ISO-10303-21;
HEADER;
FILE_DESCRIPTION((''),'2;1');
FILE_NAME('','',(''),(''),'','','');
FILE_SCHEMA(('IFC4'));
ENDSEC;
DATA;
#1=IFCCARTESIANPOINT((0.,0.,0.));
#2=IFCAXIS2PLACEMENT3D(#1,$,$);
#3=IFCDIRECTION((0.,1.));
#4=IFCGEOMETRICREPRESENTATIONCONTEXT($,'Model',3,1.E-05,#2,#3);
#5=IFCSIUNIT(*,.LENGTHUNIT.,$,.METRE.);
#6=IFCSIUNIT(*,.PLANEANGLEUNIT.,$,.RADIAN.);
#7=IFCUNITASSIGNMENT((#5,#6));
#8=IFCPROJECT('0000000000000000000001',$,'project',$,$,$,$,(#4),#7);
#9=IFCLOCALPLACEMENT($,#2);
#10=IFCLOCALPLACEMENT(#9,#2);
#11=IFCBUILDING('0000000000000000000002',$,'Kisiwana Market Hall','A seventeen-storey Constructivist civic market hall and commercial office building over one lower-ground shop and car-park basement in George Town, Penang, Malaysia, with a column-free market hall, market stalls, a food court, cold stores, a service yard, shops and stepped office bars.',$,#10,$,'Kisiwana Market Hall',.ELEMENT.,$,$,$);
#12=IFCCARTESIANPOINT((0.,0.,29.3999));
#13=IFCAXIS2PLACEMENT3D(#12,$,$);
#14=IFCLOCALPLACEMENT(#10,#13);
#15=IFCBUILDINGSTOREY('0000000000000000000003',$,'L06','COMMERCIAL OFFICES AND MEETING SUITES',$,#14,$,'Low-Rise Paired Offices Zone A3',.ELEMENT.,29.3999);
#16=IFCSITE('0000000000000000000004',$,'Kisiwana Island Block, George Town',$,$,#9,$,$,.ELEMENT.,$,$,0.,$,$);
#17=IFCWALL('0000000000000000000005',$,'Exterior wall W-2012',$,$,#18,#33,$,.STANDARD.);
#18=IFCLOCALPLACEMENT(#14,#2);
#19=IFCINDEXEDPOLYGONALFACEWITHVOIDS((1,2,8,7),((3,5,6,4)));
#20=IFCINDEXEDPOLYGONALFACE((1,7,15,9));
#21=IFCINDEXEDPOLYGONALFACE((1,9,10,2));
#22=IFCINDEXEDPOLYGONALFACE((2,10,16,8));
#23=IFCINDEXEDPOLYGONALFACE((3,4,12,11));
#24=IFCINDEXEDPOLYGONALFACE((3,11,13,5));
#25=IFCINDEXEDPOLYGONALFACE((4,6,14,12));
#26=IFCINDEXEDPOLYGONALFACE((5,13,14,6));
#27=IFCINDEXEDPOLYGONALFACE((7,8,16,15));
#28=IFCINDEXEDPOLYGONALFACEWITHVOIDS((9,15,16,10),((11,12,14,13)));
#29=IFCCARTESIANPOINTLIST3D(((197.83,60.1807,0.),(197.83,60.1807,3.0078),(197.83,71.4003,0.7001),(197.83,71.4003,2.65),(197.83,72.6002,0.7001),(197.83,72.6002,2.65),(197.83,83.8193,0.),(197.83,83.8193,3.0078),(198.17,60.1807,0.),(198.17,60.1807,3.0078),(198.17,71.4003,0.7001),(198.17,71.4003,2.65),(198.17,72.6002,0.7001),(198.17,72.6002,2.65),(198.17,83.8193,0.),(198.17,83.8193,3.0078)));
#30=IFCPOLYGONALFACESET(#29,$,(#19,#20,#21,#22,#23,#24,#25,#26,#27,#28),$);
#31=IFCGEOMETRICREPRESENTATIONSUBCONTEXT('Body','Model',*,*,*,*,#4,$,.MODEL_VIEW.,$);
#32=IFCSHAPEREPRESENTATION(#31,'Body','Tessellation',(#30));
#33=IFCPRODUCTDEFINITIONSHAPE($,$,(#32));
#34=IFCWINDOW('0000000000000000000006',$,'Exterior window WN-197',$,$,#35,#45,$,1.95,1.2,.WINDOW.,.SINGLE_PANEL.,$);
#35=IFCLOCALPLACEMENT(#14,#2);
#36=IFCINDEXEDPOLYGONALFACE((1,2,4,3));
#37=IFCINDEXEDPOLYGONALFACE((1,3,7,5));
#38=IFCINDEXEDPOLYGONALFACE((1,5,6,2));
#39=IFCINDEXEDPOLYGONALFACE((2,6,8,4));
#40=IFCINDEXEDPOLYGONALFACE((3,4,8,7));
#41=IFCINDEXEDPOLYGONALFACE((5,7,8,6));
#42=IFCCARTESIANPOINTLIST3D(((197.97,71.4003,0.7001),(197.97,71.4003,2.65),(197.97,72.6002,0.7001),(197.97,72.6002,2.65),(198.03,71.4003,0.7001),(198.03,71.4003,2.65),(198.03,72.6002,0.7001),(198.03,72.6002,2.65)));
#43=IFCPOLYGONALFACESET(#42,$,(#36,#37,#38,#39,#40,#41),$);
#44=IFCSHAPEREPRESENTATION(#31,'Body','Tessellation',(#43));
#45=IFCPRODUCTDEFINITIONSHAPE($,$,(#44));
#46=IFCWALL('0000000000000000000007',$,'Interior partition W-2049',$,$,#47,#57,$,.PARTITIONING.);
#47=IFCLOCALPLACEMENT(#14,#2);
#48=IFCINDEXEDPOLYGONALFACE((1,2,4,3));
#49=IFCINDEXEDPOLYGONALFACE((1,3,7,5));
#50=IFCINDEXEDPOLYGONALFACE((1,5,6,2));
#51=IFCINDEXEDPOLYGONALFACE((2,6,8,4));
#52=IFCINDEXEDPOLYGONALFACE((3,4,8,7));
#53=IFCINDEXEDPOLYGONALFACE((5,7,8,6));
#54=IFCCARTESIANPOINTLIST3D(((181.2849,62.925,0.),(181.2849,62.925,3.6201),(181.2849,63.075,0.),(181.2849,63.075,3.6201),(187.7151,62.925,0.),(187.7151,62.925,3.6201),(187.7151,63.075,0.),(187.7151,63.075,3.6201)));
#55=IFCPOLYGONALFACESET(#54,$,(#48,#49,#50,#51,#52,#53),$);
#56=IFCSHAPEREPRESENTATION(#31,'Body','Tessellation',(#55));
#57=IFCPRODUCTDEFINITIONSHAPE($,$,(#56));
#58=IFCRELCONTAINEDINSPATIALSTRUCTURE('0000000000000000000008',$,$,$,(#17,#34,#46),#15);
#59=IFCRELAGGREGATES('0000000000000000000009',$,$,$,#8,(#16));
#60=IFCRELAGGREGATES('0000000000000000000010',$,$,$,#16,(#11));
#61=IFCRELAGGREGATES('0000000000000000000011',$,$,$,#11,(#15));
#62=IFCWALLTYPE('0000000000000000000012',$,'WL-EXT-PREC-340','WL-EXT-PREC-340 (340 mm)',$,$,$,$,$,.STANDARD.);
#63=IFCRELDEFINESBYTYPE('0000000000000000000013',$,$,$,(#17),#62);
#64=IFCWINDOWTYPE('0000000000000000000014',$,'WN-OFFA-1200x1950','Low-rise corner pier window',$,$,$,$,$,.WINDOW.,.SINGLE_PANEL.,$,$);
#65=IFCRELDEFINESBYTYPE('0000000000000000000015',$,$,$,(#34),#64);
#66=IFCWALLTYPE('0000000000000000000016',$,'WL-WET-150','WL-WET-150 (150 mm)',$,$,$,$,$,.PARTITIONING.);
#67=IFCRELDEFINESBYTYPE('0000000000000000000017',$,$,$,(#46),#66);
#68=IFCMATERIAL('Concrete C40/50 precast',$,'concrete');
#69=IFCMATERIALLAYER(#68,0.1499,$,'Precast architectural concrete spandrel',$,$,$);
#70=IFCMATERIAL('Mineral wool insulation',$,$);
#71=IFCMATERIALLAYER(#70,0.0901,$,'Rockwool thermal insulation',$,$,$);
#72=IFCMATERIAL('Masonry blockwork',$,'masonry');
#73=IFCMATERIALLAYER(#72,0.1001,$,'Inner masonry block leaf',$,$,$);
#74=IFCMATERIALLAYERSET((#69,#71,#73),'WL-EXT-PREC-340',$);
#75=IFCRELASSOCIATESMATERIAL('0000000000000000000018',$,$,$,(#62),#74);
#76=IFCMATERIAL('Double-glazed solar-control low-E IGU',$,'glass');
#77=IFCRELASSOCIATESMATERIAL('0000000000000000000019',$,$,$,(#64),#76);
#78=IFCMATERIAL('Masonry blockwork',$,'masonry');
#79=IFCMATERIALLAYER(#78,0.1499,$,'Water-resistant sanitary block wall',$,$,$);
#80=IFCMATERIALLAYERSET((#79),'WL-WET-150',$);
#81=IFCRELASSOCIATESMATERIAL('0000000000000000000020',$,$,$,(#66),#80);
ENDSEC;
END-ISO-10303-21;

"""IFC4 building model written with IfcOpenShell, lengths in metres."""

from ifc_helpers import new_model, si_unit, direction, frame, frame_2d, origin, place, context, subcontext, project, spatial, rectangle, extrude, material, layer, layer_set, type_object, element, fill, save


model = new_model("IFC4")

# Units and contexts
model_context = context("Model", 3, precision=1e-05, world=origin(), true_north=direction((0.0, 1.0)))
body_context = subcontext(model_context, "Body", "Model", "MODEL_VIEW")
ifc_project = project(units=[si_unit("LENGTHUNIT", "METRE"), si_unit("PLANEANGLEUNIT", "RADIAN")], contexts=[model_context])

# Site, building, storey
site_placement = place(None, origin())
site = spatial("IfcSite", under=ifc_project, at=site_placement, Name="Kisiwana Island Block, George Town", CompositionType="ELEMENT", RefElevation=0.0)
building_placement = place(site_placement, origin())
building = spatial("IfcBuilding", under=site, at=building_placement, Name="Kisiwana Market Hall", Description="A seventeen-storey Constructivist civic market hall and commercial office building over one lower-ground shop and car-park basement in George Town, Penang, Malaysia, with a column-free market hall, market stalls, a food court, cold stores, a service yard, shops and stepped office bars.", LongName="Kisiwana Market Hall", CompositionType="ELEMENT")
storey_placement = place(building_placement, frame((0.0, 0.0, 29.3999)))
storey = spatial("IfcBuildingStorey", under=building, at=storey_placement, Name="L06", Description="COMMERCIAL OFFICES AND MEETING SUITES", LongName="Low-Rise Paired Offices Zone A3", CompositionType="ELEMENT", Elevation=29.3999)

# Wall, opening, window
ifc_material_1 = material(Name="Concrete C40/50 precast", Category="concrete")
ifc_layer_1 = layer(ifc_material_1, 0.1499, Name="Precast architectural concrete spandrel")
ifc_material_2 = material(Name="Mineral wool insulation")
ifc_layer_2 = layer(ifc_material_2, 0.0901, Name="Rockwool thermal insulation")
ifc_material_3 = material(Name="Masonry blockwork", Category="masonry")
ifc_layer_3 = layer(ifc_material_3, 0.1001, Name="Inner masonry block leaf")
ifc_layer_set_1 = layer_set([ifc_layer_1, ifc_layer_2, ifc_layer_3], Name="WL-EXT-PREC-340")
wall_type_1 = type_object("IfcWallType", Name="WL-EXT-PREC-340", Description="WL-EXT-PREC-340 (340 mm)", PredefinedType="STANDARD", material=ifc_layer_set_1)
wall_1_placement = place(storey_placement, frame((198.0, 60.1807, 0.0), z_axis=(0.0, 0.0, 1.0), x_axis=(0.0, 1.0, 0.0)))
wall_1 = element("IfcWall", 1, at=wall_1_placement, inside=storey, type_object=wall_type_1, Name="Exterior wall W-2012", PredefinedType="STANDARD", context=body_context, shape_type="SweptSolid", body=[
    extrude(rectangle(XDim=23.6387, YDim=0.3401, at=frame_2d((11.8193, 0.0))), origin(), (0.0, 0.0, 1.0), 3.0078),
])
opening_placement = place(wall_1_placement, frame((11.2195, 0.0, 0.7)))
opening = element("IfcOpeningElement", 2, at=opening_placement, cuts=wall_1, PredefinedType="OPENING", context=body_context, shape_type="SweptSolid", body=[
    extrude(rectangle(XDim=1.2, YDim=1.95, at=frame_2d((0.6001, 0.9751))), frame((0.0, 0.1821, 0.0), z_axis=(0.0, -1.0, 0.0), x_axis=(1.0, 0.0, 0.0)), (0.0, 0.0, 1.0), 0.364),
])
ifc_material_4 = material(Name="Double-glazed solar-control low-E IGU", Category="glass")
window_type = type_object("IfcWindowType", Name="WN-OFFA-1200x1950", Description="Low-rise corner pier window", PartitioningType="SINGLE_PANEL", PredefinedType="WINDOW", material=ifc_material_4)
window_placement = place(opening_placement, origin())
window = element("IfcWindow", 3, at=window_placement, inside=storey, type_object=window_type, Name="Exterior window WN-197", OverallHeight=1.95, OverallWidth=1.2, PartitioningType="SINGLE_PANEL", PredefinedType="WINDOW", context=body_context, shape_type="SweptSolid", body=[
    extrude(rectangle(XDim=1.2, YDim=1.95, at=frame_2d((0.6001, 0.9751))), frame((0.0, 0.03, 0.0), z_axis=(0.0, -1.0, 0.0), x_axis=(1.0, 0.0, 0.0)), (0.0, 0.0, 1.0), 0.0601),
])
fill(opening, window)

# Wall
ifc_material_5 = material(Name="Masonry blockwork", Category="masonry")
ifc_layer_4 = layer(ifc_material_5, 0.1499, Name="Water-resistant sanitary block wall")
ifc_layer_set_2 = layer_set([ifc_layer_4], Name="WL-WET-150")
wall_type_2 = type_object("IfcWallType", Name="WL-WET-150", Description="WL-WET-150 (150 mm)", PredefinedType="PARTITIONING", material=ifc_layer_set_2)
wall_2_placement = place(storey_placement, frame((181.2849, 63.0, 0.0), z_axis=(0.0, 0.0, 1.0), x_axis=(1.0, 0.0, 0.0)))
element("IfcWall", 4, at=wall_2_placement, inside=storey, type_object=wall_type_2, Name="Interior partition W-2049", PredefinedType="PARTITIONING", context=body_context, shape_type="SweptSolid", body=[
    extrude(rectangle(XDim=6.4302, YDim=0.1499, at=frame_2d((3.2151, 0.0))), origin(), (0.0, 0.0, 1.0), 3.6201),
])

save(model, "model.ifc")
